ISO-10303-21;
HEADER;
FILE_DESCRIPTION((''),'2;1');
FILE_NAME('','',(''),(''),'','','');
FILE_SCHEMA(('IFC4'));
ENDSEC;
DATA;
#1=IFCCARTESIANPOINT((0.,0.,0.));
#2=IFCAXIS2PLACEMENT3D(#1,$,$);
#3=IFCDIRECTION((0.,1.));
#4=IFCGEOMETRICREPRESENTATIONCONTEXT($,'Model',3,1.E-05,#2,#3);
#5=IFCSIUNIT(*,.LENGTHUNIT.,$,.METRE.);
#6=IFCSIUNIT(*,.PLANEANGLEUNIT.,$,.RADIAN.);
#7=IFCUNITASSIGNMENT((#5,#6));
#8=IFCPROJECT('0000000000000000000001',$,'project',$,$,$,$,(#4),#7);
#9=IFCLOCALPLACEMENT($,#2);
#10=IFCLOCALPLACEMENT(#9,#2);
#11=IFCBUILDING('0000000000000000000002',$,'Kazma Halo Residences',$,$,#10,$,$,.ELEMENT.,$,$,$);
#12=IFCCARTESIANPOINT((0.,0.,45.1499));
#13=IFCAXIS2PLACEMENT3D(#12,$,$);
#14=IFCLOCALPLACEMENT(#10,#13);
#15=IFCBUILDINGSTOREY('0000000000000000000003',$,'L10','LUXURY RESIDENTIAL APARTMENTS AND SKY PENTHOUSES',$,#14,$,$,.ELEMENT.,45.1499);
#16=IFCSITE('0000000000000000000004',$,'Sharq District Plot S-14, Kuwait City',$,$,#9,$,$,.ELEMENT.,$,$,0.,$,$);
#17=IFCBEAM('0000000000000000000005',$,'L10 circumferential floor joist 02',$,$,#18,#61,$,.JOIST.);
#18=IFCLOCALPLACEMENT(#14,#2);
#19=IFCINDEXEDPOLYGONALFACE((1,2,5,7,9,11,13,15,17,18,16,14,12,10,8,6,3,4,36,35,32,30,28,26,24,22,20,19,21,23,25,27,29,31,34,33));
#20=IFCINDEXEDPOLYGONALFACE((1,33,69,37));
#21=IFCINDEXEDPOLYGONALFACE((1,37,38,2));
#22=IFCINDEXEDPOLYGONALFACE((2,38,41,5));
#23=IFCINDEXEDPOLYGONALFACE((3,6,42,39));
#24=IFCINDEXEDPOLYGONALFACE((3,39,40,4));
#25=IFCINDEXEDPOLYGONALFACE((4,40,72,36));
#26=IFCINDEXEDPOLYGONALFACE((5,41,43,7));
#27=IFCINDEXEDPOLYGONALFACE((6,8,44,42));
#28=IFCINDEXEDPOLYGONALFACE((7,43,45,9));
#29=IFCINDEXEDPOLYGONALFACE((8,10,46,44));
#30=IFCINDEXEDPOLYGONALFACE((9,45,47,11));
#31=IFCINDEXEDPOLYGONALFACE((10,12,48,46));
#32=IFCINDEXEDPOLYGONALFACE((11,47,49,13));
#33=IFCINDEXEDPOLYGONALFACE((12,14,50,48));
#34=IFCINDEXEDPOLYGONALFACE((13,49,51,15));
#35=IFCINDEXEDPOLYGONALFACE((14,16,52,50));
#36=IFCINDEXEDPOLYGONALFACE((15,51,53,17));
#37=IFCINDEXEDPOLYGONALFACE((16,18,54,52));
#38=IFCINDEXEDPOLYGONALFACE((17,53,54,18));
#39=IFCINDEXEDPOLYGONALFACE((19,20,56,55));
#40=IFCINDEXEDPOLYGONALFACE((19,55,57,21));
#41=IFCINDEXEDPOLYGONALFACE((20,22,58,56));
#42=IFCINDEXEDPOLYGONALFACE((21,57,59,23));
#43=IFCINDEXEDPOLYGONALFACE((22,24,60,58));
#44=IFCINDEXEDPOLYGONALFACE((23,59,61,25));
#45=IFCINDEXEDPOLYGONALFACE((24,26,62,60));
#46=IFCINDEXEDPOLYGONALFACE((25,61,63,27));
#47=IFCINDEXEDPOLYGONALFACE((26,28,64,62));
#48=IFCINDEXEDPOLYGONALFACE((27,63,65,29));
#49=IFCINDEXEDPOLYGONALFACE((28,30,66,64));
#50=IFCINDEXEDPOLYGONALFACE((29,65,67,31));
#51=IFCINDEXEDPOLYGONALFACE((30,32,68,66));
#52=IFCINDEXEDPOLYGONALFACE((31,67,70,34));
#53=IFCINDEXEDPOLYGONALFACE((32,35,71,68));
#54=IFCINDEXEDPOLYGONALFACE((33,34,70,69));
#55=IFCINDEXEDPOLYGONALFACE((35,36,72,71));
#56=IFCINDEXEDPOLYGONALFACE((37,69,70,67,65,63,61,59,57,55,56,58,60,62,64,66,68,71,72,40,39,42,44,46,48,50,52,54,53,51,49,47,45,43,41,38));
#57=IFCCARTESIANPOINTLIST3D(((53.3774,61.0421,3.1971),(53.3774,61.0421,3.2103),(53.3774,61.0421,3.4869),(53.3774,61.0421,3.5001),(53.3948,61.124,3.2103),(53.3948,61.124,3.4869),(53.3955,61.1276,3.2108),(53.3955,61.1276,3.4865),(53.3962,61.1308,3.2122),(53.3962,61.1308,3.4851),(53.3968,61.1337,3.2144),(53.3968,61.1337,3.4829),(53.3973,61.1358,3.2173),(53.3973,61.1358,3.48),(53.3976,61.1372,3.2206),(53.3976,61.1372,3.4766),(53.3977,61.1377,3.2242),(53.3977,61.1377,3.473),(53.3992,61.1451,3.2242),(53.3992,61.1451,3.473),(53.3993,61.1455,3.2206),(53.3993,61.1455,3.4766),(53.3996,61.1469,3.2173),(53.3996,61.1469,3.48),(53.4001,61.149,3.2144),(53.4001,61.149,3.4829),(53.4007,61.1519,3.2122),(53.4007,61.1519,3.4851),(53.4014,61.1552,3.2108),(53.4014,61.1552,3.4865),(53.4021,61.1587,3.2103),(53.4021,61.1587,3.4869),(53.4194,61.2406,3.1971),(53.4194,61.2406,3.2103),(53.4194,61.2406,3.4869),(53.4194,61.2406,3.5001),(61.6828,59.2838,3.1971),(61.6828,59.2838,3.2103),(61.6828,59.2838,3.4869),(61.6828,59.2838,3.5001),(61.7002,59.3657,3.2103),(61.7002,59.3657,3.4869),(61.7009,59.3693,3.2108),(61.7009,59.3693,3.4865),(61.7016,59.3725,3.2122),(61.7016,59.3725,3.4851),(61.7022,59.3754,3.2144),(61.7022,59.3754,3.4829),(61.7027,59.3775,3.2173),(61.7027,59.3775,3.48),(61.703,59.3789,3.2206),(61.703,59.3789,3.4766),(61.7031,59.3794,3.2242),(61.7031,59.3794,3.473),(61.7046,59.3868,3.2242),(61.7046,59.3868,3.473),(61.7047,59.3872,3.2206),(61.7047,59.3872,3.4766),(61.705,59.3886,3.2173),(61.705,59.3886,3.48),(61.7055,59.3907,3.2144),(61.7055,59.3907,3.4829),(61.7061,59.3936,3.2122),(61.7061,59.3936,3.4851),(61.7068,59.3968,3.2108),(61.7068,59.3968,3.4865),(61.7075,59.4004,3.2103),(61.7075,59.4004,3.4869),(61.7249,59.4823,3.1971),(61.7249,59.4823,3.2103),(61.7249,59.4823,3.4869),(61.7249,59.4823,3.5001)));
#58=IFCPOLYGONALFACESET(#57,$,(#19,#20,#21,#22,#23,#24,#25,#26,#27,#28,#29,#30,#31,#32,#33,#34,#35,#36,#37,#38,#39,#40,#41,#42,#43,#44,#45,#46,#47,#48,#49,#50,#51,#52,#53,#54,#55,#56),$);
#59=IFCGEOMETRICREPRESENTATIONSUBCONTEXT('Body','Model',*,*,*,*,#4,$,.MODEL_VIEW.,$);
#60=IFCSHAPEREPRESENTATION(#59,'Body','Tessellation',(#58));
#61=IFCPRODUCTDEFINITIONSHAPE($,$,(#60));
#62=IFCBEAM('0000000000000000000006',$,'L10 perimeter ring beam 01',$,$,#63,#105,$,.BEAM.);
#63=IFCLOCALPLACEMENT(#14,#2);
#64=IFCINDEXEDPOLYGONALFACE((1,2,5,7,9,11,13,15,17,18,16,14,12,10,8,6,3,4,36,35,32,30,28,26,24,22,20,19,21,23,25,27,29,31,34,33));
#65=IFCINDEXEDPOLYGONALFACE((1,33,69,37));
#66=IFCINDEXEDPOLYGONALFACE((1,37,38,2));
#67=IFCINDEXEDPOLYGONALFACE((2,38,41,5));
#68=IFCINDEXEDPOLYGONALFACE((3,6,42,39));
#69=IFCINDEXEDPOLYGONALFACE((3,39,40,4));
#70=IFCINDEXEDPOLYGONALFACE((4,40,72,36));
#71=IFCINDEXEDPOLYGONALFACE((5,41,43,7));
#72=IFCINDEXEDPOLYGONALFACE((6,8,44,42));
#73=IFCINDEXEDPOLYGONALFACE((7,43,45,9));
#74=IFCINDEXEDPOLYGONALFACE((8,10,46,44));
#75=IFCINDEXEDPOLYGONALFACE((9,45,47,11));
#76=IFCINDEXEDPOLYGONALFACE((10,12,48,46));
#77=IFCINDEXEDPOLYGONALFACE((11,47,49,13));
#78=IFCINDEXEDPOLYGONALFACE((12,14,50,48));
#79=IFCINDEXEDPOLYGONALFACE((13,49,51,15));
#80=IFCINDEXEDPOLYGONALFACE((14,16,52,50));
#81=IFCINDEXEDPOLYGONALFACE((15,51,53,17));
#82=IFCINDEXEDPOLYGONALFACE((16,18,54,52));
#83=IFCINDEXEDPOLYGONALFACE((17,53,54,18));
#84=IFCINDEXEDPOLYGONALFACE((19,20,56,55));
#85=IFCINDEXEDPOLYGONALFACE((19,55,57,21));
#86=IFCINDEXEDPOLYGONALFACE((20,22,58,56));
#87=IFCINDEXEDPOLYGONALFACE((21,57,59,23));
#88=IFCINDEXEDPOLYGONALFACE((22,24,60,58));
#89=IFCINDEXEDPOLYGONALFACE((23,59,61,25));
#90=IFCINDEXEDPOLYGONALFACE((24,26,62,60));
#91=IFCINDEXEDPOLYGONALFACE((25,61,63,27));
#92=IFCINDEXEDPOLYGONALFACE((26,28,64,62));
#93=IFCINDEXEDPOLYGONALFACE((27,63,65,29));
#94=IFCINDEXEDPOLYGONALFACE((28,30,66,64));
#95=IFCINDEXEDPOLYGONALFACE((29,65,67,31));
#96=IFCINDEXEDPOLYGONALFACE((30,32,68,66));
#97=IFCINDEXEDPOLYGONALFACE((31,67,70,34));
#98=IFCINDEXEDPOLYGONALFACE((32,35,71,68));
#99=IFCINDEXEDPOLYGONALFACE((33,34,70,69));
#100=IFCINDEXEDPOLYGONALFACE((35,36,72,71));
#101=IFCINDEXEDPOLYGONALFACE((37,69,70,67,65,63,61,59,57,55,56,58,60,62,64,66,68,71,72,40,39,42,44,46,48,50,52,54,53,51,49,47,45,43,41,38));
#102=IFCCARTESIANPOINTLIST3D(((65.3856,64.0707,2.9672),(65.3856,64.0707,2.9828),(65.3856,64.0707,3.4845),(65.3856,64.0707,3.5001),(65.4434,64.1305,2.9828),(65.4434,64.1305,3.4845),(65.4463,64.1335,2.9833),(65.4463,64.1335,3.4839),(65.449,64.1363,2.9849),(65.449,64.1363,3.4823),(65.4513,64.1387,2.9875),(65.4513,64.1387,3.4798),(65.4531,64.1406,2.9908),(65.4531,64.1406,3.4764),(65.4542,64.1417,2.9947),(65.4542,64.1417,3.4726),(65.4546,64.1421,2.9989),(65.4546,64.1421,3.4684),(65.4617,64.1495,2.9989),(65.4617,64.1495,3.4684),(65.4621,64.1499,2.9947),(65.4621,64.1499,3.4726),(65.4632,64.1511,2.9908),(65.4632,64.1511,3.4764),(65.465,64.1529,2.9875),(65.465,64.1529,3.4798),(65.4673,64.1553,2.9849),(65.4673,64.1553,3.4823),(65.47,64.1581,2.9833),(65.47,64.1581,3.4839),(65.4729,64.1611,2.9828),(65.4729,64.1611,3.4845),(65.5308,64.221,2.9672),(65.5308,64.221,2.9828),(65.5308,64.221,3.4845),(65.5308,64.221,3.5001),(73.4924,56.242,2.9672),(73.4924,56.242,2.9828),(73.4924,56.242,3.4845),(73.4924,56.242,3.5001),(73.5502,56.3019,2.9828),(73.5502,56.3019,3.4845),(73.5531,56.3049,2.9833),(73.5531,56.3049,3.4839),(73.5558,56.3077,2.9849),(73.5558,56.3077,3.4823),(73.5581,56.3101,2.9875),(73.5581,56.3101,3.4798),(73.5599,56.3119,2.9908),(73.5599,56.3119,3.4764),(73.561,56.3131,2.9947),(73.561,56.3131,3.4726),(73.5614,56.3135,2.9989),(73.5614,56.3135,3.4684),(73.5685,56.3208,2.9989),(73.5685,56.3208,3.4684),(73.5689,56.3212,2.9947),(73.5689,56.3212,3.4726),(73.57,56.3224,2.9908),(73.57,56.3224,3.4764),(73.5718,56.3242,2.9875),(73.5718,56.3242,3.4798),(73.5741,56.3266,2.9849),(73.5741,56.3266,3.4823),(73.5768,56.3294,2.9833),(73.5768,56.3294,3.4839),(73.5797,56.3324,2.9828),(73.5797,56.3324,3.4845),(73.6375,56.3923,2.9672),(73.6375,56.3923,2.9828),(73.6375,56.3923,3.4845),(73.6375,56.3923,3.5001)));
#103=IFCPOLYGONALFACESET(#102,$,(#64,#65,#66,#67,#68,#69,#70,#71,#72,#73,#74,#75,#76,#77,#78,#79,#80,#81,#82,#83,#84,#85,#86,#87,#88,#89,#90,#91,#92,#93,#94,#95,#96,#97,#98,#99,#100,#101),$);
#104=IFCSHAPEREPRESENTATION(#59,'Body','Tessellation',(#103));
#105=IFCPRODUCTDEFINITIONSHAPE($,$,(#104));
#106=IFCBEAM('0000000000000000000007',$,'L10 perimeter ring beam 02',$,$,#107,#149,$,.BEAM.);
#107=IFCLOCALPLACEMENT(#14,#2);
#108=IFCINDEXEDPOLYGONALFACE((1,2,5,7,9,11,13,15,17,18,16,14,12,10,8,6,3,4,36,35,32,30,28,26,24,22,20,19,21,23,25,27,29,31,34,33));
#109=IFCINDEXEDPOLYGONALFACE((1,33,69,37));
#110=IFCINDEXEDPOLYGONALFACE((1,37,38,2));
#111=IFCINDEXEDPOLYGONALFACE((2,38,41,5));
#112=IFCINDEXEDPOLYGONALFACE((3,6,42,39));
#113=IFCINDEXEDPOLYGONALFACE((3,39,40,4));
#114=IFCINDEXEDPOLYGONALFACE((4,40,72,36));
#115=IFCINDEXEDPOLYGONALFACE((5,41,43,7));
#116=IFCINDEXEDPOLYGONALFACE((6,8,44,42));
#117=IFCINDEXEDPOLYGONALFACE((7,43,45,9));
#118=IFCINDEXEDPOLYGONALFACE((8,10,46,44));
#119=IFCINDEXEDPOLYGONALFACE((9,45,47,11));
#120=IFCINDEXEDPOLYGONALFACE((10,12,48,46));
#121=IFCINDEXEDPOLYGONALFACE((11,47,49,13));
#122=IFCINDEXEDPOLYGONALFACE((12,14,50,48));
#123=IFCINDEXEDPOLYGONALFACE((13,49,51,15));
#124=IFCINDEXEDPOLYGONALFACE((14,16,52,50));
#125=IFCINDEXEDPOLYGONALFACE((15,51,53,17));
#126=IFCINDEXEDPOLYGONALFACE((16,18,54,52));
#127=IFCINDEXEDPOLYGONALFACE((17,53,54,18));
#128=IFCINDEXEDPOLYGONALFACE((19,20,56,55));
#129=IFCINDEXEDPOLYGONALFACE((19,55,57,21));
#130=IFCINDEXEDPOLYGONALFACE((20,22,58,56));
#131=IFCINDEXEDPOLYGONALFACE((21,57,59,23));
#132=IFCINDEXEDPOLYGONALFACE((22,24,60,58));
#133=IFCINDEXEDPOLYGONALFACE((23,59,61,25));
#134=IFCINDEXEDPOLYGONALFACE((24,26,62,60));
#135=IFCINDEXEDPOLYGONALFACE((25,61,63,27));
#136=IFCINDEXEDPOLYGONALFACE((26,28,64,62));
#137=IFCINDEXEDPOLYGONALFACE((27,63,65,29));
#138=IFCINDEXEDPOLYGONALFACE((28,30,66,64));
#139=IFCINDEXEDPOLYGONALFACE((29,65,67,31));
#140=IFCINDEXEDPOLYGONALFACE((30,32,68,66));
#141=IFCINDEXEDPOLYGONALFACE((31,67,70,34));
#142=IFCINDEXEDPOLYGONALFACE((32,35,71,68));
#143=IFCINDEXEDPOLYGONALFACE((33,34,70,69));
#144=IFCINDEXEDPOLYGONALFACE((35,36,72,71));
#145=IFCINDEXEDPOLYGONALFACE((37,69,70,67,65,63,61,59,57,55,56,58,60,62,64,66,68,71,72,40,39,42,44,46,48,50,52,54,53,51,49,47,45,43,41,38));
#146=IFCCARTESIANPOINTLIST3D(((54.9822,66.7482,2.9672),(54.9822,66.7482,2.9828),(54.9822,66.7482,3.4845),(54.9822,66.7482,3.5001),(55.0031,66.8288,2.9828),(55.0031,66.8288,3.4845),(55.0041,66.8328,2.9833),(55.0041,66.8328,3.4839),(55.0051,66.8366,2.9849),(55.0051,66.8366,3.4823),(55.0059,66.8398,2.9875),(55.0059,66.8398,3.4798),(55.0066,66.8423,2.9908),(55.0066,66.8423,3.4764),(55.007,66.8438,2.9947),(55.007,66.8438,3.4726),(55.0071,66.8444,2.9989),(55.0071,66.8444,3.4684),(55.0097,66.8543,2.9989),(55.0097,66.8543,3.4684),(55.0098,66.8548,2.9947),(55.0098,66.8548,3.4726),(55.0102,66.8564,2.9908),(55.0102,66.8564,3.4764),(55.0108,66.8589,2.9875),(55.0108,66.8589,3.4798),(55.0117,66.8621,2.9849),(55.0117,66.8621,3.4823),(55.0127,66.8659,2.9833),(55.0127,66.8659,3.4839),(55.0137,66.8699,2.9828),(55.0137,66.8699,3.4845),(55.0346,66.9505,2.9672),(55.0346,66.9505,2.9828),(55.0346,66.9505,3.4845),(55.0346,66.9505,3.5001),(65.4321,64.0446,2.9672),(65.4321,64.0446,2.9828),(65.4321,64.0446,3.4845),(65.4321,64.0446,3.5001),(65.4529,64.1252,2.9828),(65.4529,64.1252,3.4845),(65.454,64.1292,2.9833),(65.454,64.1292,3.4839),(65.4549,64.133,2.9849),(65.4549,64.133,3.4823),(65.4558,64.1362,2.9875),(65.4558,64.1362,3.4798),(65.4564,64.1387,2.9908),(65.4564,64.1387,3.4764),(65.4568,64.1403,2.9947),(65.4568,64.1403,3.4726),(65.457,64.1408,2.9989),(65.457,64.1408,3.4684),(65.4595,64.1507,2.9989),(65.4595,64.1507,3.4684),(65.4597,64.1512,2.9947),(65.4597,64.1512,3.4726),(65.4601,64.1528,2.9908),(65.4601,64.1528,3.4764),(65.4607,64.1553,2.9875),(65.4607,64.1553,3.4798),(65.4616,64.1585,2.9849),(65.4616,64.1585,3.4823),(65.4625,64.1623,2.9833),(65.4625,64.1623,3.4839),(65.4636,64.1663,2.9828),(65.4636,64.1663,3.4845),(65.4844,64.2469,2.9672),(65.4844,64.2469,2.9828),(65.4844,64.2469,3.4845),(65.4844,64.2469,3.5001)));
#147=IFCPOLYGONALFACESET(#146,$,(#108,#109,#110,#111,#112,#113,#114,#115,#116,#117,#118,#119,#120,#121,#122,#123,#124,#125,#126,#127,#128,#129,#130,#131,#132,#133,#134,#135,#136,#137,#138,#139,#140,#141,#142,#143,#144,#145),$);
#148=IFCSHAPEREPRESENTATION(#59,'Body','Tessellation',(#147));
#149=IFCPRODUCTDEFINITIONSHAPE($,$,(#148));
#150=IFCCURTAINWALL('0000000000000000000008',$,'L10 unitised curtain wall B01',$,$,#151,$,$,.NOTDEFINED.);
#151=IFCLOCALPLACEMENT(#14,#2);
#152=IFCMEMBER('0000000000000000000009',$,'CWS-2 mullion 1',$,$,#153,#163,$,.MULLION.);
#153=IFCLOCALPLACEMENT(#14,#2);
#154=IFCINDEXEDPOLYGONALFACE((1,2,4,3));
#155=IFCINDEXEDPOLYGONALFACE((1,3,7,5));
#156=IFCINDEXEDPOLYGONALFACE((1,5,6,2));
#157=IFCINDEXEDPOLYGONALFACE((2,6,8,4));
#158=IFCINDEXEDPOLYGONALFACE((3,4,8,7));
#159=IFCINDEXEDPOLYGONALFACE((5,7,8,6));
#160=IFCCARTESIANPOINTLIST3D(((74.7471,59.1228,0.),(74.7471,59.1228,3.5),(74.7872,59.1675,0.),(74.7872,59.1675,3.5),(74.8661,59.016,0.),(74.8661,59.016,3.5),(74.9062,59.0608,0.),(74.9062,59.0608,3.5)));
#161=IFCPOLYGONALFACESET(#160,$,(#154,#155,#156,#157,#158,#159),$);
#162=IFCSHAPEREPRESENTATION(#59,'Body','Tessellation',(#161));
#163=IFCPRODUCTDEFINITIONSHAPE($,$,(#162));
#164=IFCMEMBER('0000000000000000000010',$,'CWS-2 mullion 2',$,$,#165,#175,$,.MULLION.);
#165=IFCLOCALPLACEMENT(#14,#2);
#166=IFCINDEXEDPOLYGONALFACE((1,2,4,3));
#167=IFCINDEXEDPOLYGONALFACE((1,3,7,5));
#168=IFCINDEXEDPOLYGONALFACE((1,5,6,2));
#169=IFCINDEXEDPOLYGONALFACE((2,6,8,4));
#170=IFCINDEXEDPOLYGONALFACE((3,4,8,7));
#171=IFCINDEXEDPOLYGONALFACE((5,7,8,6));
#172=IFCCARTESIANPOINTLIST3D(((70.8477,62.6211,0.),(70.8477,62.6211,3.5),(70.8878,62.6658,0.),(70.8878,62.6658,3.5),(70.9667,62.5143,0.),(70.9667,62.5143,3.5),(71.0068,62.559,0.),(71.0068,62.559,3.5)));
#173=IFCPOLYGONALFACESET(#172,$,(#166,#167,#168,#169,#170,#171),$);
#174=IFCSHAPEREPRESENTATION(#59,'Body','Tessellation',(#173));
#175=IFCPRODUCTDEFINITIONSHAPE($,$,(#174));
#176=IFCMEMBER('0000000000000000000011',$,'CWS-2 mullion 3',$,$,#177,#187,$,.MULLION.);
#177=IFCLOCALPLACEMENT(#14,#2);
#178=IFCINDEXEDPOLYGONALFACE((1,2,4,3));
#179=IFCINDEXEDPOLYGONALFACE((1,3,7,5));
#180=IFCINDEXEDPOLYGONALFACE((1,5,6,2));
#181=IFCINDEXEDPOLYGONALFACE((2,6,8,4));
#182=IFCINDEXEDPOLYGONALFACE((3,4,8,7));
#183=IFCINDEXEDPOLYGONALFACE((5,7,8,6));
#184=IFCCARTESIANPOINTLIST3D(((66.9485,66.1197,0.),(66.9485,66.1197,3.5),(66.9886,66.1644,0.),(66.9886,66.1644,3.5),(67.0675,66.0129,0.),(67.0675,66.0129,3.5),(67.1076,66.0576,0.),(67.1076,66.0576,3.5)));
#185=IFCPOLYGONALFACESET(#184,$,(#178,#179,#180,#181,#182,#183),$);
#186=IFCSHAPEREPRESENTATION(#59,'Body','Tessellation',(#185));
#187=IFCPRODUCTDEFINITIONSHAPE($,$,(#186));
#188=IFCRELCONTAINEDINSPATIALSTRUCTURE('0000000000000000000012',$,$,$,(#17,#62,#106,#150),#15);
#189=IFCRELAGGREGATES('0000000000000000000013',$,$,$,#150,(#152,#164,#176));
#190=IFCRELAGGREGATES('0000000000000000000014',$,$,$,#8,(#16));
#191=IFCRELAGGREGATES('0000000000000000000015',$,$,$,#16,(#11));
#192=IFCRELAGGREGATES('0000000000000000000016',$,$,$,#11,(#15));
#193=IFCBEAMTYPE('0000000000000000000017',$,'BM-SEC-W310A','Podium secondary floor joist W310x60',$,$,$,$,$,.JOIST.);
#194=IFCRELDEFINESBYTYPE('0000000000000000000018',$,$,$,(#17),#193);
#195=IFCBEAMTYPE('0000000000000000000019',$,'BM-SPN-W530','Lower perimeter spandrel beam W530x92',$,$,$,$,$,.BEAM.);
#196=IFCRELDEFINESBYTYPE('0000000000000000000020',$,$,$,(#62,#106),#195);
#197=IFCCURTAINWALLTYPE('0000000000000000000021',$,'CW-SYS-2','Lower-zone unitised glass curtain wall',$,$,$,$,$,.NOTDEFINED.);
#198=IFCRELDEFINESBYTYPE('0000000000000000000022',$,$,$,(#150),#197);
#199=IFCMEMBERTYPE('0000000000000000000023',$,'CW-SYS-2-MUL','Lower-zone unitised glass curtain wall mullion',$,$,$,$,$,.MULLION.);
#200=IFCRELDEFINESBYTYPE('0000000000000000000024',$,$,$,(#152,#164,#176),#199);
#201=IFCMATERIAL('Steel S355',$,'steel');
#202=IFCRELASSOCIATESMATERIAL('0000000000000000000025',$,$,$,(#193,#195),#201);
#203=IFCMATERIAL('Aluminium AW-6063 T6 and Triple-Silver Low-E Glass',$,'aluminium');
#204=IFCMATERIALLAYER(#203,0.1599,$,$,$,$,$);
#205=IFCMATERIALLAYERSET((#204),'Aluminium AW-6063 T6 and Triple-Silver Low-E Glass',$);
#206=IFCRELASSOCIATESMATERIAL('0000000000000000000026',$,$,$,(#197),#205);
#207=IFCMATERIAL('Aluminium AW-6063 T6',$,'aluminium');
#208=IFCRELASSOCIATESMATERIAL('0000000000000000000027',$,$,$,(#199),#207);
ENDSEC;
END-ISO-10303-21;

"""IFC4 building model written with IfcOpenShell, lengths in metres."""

from ifc_helpers import new_model, si_unit, direction, frame, origin, origin_2d, place, context, subcontext, project, spatial, rectangle, i_section, extrude, material, layer, layer_set, material_profile, profile_set, type_object, element, aggregate, save


model = new_model("IFC4")

# Units and contexts
model_context = context("Model", 3, precision=1e-05, world=origin(), true_north=direction((0.0, 1.0)))
body_context = subcontext(model_context, "Body", "Model", "MODEL_VIEW")
ifc_project = project(units=[si_unit("LENGTHUNIT", "METRE"), si_unit("PLANEANGLEUNIT", "RADIAN")], contexts=[model_context])

# Site, building, storey
site_placement = place(None, origin())
site = spatial("IfcSite", under=ifc_project, at=site_placement, Name="Sharq District Plot S-14, Kuwait City", CompositionType="ELEMENT", RefElevation=0.0)
building_placement = place(site_placement, origin())
building = spatial("IfcBuilding", under=site, at=building_placement, Name="Kazma Halo Residences", CompositionType="ELEMENT")
storey_placement = place(building_placement, frame((0.0, 0.0, 45.1499)))
storey = spatial("IfcBuildingStorey", under=building, at=storey_placement, Name="L10", Description="LUXURY RESIDENTIAL APARTMENTS AND SKY PENTHOUSES", CompositionType="ELEMENT", Elevation=45.1499)

# Beams
ifc_material_1 = material(Name="Steel S355", Category="steel")
ifc_material_profile_1 = material_profile(ifc_material_1, i_section(OverallWidth=0.2029, OverallDepth=0.303, WebThickness=0.0076, FlangeThickness=0.0132, FilletRadius=0.0139, at=origin_2d()), Name="W310x60")
ifc_profile_set_1 = profile_set([ifc_material_profile_1], Name="Steel S355")
beam_type_1 = type_object("IfcBeamType", Name="BM-SEC-W310A", Description="Podium secondary floor joist W310x60", PredefinedType="JOIST", material=ifc_profile_set_1)
beam_1_placement = place(storey_placement, frame((61.7039, 59.3831, 3.3486), z_axis=(-0.978317, 0.207115, 0.0), x_axis=(-0.207115, -0.978317, 0.0)))
element("IfcBeam", 1, at=beam_1_placement, inside=storey, type_object=beam_type_1, Name="L10 circumferential floor joist 02", PredefinedType="JOIST", context=body_context, shape_type="SweptSolid", body=[
    extrude(i_section(OverallWidth=0.2029, OverallDepth=0.303, WebThickness=0.0076, FlangeThickness=0.0132, FilletRadius=0.0139, at=origin_2d()), origin(), (0.0, 0.0, 1.0), 8.4895),
])
ifc_material_profile_2 = material_profile(ifc_material_1, i_section(OverallWidth=0.209, OverallDepth=0.533, WebThickness=0.0103, FlangeThickness=0.0156, FilletRadius=0.0161, at=origin_2d()), Name="W530x92")
ifc_profile_set_2 = profile_set([ifc_material_profile_2], Name="Steel S355")
beam_type_2 = type_object("IfcBeamType", Name="BM-SPN-W530", Description="Lower perimeter spandrel beam W530x92", PredefinedType="BEAM", material=ifc_profile_set_2)
beam_2_placement = place(storey_placement, frame((73.5649, 56.3171, 3.2336), z_axis=(-0.719337, 0.694662, 0.0), x_axis=(-0.694662, -0.719337, 0.0)))
element("IfcBeam", 2, at=beam_2_placement, inside=storey, type_object=beam_type_2, Name="L10 perimeter ring beam 01", PredefinedType="BEAM", context=body_context, shape_type="SweptSolid", body=[
    extrude(i_section(OverallWidth=0.209, OverallDepth=0.533, WebThickness=0.0103, FlangeThickness=0.0156, FilletRadius=0.0161, at=origin_2d()), origin(), (0.0, 0.0, 1.0), 11.2698),
])
beam_3_placement = place(storey_placement, frame((65.4583, 64.1458, 3.2336), z_axis=(-0.968124, 0.250473, 0.0), x_axis=(-0.250473, -0.968124, 0.0)))
element("IfcBeam", 3, at=beam_3_placement, inside=storey, type_object=beam_type_2, Name="L10 perimeter ring beam 02", PredefinedType="BEAM", context=body_context, shape_type="SweptSolid", body=[
    extrude(i_section(OverallWidth=0.209, OverallDepth=0.533, WebThickness=0.0103, FlangeThickness=0.0156, FilletRadius=0.0161, at=origin_2d()), origin(), (0.0, 0.0, 1.0), 10.7939),
])

# Curtain wall, members
ifc_material_2 = material(Name="Aluminium AW-6063 T6 and Triple-Silver Low-E Glass", Category="aluminium")
ifc_layer_1 = layer(ifc_material_2, 0.1599)
ifc_layer_set_1 = layer_set([ifc_layer_1], Name="Aluminium AW-6063 T6 and Triple-Silver Low-E Glass")
curtain_wall_type = type_object("IfcCurtainWallType", Name="CW-SYS-2", Description="Lower-zone unitised glass curtain wall", PredefinedType="NOTDEFINED", material=ifc_layer_set_1)
curtain_wall_1_placement = place(storey_placement, origin())
curtain_wall_1 = element("IfcCurtainWall", 4, at=curtain_wall_1_placement, inside=storey, type_object=curtain_wall_type, Name="L10 unitised curtain wall B01", PredefinedType="NOTDEFINED")
ifc_material_3 = material(Name="Aluminium AW-6063 T6", Category="aluminium")
ifc_material_profile_3 = material_profile(ifc_material_3, rectangle(XDim=0.0601, YDim=0.1599, at=origin_2d()), Name="CWM-60x160")
ifc_profile_set_3 = profile_set([ifc_material_profile_3], Name="Aluminium AW-6063 T6")
member_type_1 = type_object("IfcMemberType", Name="CW-SYS-2-MUL", Description="Lower-zone unitised glass curtain wall mullion", PredefinedType="MULLION", material=ifc_profile_set_3)
member_1_placement = place(storey_placement, frame((74.8267, 59.0918, 0.0), z_axis=(0.0, 0.0, 1.0), x_axis=(-0.667821, -0.744322, 0.0)))
member_1 = element("IfcMember", 5, at=member_1_placement, type_object=member_type_1, Name="CWS-2 mullion 1", PredefinedType="MULLION", context=body_context, shape_type="SweptSolid", body=[
    extrude(rectangle(XDim=0.0601, YDim=0.1599, at=origin_2d()), origin(), (0.0, 0.0, 1.0), 3.5),
])
member_2_placement = place(storey_placement, frame((70.9272, 62.5901, 0.0), z_axis=(0.0, 0.0, 1.0), x_axis=(-0.667821, -0.744322, 0.0)))
member_2 = element("IfcMember", 6, at=member_2_placement, type_object=member_type_1, Name="CWS-2 mullion 2", PredefinedType="MULLION", context=body_context, shape_type="SweptSolid", body=[
    extrude(rectangle(XDim=0.0601, YDim=0.1599, at=origin_2d()), origin(), (0.0, 0.0, 1.0), 3.5),
])
member_3_placement = place(storey_placement, frame((67.0281, 66.0886, 0.0), z_axis=(0.0, 0.0, 1.0), x_axis=(-0.667821, -0.744322, 0.0)))
member_3 = element("IfcMember", 7, at=member_3_placement, type_object=member_type_1, Name="CWS-2 mullion 3", PredefinedType="MULLION", context=body_context, shape_type="SweptSolid", body=[
    extrude(rectangle(XDim=0.0601, YDim=0.1599, at=origin_2d()), origin(), (0.0, 0.0, 1.0), 3.5),
])

aggregate(curtain_wall_1, [member_1, member_2, member_3])

save(model, "model.ifc")
